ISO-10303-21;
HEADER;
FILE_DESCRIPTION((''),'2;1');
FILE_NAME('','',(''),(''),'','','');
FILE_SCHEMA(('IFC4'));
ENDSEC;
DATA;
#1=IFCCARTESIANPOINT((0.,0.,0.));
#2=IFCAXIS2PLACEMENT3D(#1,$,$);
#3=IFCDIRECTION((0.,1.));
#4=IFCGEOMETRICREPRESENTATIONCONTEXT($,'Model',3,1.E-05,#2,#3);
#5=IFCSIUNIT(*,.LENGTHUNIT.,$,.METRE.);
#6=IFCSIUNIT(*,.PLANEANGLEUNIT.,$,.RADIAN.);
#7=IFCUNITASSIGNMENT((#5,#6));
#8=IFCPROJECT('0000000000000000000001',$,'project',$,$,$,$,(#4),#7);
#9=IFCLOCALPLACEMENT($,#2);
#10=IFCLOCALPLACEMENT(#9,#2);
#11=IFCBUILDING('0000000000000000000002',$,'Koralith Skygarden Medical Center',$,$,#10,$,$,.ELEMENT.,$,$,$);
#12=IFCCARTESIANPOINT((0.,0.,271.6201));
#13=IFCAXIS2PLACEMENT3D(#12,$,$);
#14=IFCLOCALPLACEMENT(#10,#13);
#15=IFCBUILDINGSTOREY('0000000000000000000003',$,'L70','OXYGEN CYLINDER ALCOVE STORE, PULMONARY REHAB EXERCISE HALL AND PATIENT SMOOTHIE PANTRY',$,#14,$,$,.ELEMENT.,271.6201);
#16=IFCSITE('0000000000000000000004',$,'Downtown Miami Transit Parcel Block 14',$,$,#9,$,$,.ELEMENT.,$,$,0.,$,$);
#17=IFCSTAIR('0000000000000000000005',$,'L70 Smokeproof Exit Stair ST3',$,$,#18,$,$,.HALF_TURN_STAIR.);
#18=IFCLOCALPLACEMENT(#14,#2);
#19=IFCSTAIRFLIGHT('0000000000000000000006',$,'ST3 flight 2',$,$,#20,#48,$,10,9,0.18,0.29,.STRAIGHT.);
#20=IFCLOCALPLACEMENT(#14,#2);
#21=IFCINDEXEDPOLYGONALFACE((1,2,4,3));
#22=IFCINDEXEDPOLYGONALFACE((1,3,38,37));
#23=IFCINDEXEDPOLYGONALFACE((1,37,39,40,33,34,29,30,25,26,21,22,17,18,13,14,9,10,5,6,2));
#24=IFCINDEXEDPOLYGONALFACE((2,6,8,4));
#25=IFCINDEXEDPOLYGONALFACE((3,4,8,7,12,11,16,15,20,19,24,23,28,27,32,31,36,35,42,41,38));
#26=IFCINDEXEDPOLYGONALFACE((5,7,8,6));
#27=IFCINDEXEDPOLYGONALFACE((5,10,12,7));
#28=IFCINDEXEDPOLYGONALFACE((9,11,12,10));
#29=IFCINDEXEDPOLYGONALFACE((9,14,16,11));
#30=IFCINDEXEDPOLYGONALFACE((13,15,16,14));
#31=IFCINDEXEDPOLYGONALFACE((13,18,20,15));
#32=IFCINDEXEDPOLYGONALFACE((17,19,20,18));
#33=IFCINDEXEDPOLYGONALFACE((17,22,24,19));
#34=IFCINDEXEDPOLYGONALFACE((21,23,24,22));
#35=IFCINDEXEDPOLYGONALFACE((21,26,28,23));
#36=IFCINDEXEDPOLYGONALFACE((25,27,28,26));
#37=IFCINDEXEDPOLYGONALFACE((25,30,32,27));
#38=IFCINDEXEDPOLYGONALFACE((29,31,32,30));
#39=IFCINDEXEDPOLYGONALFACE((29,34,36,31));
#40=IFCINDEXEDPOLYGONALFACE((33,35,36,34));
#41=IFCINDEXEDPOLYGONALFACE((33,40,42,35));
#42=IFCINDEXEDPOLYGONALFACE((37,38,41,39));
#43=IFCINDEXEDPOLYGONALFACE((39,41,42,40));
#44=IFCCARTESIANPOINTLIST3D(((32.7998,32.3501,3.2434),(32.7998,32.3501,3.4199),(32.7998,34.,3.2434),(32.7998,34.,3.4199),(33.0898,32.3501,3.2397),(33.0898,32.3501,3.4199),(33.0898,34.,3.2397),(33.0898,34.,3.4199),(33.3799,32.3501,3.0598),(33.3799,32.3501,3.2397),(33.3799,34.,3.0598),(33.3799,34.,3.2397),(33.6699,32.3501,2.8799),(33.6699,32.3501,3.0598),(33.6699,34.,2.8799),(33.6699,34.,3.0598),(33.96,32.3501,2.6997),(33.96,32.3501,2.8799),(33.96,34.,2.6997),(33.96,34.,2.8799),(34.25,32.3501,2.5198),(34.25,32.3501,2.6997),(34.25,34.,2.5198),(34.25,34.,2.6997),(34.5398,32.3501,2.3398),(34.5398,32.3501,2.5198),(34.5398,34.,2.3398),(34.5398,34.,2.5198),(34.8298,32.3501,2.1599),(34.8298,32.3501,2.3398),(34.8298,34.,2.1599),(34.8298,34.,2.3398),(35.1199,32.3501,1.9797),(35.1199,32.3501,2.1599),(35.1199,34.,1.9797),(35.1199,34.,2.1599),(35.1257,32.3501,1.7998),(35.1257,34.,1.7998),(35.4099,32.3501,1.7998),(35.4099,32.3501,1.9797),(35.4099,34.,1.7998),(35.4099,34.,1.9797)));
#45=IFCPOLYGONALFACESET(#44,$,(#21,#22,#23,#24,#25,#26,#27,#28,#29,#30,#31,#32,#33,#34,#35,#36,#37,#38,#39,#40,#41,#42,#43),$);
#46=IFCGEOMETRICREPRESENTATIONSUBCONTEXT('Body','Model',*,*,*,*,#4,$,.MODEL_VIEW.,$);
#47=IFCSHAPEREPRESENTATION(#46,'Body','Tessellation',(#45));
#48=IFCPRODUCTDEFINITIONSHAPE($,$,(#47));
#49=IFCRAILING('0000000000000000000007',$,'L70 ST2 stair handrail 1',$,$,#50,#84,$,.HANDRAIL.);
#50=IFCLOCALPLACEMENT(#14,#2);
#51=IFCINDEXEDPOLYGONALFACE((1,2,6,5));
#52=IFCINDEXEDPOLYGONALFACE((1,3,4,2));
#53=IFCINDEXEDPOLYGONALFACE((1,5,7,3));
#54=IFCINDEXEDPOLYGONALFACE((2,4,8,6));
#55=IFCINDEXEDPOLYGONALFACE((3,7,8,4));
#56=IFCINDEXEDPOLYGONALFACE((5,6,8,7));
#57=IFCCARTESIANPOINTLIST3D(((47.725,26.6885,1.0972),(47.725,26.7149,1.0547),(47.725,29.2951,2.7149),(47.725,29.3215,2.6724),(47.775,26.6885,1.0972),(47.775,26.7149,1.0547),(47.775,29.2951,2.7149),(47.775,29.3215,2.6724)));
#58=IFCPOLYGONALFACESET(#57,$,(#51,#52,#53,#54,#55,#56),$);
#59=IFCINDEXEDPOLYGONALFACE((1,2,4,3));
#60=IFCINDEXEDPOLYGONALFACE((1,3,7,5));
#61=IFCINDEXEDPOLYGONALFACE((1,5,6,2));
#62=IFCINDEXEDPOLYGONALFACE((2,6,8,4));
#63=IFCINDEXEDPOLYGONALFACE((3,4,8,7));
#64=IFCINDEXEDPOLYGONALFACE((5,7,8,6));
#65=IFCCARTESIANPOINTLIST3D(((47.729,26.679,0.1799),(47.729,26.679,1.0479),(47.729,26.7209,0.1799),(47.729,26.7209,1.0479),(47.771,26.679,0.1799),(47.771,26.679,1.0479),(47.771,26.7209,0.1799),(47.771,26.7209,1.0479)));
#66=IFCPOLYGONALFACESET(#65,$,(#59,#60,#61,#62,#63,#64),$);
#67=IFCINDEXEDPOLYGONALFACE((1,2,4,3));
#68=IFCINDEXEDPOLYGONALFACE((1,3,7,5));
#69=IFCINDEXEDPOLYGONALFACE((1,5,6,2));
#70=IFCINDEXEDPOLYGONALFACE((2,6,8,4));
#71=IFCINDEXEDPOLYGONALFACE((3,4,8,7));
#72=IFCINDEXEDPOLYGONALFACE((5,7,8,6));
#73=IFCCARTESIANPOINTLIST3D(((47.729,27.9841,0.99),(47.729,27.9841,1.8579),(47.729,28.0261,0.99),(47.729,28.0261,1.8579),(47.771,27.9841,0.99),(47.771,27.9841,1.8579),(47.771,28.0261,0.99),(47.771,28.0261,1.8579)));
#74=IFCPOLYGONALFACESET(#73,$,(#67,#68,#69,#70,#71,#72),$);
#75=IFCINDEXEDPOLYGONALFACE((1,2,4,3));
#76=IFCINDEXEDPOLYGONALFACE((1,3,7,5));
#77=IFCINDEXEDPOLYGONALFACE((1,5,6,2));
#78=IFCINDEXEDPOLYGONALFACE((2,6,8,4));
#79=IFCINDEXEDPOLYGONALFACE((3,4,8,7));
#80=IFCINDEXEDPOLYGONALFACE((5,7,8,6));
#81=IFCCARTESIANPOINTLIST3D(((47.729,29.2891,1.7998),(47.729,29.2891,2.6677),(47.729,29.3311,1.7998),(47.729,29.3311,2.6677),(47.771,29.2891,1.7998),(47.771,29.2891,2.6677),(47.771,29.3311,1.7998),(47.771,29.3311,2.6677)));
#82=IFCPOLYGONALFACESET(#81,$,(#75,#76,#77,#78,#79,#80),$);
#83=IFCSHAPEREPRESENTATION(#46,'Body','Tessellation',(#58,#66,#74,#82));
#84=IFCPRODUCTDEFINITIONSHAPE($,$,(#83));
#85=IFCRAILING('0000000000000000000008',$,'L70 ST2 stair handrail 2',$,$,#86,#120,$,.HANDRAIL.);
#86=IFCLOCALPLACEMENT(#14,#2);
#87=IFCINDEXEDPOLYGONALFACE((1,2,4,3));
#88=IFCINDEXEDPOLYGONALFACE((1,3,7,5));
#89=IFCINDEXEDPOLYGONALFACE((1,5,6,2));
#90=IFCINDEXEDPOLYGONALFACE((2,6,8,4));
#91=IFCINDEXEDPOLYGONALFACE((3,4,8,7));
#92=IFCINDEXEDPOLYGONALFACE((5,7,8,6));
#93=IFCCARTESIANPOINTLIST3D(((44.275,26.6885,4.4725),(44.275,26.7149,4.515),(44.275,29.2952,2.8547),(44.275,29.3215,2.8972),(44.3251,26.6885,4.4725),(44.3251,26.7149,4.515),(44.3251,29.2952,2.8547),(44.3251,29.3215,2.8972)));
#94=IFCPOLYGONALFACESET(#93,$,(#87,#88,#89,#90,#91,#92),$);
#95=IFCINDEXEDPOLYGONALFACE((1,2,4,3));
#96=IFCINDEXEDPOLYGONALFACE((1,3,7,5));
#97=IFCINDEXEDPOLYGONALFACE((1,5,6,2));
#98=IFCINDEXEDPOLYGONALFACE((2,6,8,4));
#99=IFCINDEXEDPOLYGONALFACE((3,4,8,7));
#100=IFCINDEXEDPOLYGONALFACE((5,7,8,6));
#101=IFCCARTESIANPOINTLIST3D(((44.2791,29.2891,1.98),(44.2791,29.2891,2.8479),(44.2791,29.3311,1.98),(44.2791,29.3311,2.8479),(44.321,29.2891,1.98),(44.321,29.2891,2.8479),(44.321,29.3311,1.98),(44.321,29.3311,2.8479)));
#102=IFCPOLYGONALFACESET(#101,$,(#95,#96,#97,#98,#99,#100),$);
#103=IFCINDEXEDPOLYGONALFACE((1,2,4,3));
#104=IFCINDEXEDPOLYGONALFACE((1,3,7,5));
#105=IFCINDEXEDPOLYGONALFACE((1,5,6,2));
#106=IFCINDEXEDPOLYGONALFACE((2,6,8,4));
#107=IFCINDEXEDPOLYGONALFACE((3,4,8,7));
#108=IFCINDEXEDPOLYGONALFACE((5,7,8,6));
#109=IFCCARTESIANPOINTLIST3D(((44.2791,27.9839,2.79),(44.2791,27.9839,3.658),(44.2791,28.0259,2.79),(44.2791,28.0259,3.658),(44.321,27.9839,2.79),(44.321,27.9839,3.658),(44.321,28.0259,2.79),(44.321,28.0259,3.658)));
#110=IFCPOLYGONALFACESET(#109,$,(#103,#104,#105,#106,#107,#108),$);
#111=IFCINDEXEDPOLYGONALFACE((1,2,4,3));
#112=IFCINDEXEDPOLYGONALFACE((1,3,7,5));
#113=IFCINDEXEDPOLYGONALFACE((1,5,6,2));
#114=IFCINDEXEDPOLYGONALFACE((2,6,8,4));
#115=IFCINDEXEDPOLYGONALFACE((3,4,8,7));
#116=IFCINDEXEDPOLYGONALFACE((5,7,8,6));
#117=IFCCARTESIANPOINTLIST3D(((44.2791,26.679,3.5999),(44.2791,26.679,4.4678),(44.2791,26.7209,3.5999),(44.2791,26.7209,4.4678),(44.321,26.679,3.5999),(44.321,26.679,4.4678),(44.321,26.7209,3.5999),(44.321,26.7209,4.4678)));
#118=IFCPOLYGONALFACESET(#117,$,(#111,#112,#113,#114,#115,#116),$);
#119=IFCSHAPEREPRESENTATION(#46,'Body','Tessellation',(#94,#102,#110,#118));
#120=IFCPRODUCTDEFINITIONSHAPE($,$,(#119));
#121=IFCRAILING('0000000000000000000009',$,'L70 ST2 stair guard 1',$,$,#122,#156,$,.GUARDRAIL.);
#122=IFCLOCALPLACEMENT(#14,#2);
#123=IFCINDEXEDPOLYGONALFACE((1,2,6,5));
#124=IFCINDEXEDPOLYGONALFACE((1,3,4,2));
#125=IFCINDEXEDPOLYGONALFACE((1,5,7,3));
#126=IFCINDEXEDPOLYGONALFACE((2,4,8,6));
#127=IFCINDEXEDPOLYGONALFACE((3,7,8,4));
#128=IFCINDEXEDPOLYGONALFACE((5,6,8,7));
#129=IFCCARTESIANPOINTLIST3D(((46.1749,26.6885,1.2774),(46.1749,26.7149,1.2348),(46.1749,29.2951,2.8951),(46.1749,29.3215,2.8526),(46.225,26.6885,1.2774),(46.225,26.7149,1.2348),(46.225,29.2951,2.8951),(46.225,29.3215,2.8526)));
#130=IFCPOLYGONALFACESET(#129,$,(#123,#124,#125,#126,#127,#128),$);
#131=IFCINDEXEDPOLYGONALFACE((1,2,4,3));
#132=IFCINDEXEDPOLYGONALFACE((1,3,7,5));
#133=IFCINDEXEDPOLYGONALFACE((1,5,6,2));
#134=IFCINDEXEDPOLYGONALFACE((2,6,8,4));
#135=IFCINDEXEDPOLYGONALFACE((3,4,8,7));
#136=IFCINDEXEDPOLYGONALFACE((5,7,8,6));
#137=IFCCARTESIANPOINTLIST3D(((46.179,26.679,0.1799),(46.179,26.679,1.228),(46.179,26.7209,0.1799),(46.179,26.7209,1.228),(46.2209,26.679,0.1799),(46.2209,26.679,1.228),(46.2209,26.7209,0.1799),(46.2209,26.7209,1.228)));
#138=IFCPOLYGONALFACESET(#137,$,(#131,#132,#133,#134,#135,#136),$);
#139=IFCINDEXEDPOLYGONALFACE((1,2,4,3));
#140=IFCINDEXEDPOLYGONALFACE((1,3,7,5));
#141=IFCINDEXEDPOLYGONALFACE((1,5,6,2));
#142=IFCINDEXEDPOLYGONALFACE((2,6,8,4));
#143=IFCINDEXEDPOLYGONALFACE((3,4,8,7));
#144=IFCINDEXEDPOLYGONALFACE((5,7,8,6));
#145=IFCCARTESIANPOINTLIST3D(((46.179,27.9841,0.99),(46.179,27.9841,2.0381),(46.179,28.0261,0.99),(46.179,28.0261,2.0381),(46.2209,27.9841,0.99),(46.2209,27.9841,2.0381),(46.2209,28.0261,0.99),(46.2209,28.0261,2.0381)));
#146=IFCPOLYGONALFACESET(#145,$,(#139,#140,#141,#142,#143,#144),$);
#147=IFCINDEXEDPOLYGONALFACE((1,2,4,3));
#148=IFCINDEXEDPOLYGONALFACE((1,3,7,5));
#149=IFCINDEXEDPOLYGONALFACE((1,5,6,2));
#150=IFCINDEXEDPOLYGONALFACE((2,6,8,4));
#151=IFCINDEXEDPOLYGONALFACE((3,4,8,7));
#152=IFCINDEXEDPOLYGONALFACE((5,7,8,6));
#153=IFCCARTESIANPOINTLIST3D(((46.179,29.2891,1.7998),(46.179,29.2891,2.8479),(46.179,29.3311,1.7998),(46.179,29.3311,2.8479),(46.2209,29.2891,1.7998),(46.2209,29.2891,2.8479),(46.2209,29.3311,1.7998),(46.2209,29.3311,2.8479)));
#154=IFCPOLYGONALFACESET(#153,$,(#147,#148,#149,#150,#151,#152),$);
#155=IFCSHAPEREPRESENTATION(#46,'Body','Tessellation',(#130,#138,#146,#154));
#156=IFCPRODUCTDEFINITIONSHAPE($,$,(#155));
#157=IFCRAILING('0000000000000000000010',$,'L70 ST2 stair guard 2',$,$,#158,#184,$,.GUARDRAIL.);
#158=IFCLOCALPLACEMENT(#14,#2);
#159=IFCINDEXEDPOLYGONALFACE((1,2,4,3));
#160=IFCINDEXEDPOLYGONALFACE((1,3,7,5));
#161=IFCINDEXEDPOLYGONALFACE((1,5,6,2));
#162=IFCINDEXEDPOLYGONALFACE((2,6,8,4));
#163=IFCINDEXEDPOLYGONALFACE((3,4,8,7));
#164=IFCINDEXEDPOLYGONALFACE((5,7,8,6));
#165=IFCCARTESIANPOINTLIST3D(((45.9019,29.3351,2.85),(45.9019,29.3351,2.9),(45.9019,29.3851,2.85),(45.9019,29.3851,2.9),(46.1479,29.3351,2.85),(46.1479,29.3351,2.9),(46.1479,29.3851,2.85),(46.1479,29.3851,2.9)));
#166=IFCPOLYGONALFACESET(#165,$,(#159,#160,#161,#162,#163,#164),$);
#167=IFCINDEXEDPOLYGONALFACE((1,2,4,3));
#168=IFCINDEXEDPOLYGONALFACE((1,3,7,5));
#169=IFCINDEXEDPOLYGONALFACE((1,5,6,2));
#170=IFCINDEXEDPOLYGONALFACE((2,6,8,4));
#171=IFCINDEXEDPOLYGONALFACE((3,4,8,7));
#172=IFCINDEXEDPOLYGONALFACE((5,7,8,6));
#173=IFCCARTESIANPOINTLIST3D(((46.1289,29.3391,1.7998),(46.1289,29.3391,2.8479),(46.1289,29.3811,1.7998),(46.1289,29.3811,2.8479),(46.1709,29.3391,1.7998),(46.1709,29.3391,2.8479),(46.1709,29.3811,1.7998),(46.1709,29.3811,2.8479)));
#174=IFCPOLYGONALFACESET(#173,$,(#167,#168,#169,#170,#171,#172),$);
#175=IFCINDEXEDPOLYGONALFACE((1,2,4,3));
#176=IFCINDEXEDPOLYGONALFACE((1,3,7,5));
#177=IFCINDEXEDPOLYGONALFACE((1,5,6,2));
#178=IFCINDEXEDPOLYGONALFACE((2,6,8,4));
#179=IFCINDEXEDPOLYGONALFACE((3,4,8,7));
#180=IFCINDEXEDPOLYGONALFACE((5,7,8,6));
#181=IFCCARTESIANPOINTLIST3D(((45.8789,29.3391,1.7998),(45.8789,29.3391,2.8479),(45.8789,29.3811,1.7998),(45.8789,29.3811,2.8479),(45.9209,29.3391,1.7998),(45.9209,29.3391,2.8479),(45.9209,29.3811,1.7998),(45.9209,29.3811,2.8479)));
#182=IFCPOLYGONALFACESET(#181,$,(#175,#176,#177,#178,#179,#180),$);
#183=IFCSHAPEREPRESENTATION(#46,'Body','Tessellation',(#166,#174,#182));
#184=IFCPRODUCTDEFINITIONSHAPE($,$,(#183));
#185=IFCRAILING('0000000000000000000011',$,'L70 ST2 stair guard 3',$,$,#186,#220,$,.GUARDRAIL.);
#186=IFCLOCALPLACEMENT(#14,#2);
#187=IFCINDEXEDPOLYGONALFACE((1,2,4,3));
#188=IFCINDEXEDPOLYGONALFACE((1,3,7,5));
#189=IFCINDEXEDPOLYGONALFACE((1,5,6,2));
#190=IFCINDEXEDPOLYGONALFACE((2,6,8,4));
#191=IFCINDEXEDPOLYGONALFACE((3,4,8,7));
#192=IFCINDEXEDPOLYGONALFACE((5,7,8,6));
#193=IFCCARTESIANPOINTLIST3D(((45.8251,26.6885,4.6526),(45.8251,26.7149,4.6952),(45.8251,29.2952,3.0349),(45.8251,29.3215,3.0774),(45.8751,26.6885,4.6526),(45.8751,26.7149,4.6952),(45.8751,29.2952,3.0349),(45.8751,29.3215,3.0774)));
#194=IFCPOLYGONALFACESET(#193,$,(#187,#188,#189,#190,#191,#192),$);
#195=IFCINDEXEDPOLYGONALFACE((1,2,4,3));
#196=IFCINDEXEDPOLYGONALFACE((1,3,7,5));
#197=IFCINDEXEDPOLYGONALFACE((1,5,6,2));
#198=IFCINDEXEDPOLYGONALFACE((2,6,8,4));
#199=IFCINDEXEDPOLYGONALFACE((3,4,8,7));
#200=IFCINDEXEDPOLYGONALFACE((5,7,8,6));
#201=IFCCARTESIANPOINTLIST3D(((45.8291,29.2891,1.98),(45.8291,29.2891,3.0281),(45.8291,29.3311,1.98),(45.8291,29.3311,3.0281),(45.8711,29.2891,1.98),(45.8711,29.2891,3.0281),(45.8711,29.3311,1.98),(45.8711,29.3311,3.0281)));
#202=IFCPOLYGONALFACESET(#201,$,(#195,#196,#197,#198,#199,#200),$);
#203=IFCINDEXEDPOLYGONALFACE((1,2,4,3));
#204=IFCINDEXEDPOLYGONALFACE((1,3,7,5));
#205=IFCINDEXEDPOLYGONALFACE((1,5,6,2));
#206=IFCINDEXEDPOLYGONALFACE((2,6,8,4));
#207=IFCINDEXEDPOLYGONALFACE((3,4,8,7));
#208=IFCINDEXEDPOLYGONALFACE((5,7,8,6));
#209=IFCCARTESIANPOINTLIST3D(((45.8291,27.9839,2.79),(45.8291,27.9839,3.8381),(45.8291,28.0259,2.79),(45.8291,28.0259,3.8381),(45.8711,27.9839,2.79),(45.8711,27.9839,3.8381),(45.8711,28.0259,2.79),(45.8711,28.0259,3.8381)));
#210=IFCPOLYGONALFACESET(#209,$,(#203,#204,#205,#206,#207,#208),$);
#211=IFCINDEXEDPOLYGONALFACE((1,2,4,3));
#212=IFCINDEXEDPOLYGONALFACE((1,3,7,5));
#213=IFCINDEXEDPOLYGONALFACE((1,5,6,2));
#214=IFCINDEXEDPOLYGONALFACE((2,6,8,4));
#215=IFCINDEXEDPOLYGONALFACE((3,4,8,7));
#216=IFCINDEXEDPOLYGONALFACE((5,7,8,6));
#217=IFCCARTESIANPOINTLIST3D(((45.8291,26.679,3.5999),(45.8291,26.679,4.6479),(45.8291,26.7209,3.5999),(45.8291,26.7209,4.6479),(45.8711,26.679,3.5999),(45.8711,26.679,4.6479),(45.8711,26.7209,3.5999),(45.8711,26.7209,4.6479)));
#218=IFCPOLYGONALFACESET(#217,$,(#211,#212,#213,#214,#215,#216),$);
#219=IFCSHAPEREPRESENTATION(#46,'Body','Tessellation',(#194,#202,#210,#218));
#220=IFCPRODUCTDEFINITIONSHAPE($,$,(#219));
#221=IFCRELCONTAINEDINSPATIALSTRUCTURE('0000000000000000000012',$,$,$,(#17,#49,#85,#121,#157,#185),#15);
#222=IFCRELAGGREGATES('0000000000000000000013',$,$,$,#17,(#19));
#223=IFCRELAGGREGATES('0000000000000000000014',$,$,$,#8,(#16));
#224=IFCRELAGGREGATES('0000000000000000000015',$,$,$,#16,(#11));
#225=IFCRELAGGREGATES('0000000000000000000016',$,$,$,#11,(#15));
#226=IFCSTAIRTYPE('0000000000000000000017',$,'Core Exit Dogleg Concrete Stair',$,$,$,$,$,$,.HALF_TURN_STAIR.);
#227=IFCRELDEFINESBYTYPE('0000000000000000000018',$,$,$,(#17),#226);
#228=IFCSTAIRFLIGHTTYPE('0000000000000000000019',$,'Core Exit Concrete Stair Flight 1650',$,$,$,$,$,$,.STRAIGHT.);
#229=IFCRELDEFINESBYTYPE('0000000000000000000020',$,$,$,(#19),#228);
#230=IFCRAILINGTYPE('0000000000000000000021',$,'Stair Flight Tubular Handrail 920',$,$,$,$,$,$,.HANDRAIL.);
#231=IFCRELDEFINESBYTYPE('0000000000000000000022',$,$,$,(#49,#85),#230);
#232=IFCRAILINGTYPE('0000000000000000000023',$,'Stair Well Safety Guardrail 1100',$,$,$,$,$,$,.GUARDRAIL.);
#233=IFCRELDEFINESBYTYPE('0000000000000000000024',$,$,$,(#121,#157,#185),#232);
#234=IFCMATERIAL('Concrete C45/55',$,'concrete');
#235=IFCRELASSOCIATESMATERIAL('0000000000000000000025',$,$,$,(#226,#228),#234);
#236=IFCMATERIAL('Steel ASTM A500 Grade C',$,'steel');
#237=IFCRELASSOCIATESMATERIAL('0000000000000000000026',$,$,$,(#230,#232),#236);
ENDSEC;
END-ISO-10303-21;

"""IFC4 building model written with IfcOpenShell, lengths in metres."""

from ifc_helpers import new_model, si_unit, direction, frame, origin, origin_2d, place, context, subcontext, project, spatial, polyline, rectangle, outline, extrude, material, type_object, element, aggregate, save


model = new_model("IFC4")

# Units and contexts
model_context = context("Model", 3, precision=1e-05, world=origin(), true_north=direction((0.0, 1.0)))
body_context = subcontext(model_context, "Body", "Model", "MODEL_VIEW")
ifc_project = project(units=[si_unit("LENGTHUNIT", "METRE"), si_unit("PLANEANGLEUNIT", "RADIAN")], contexts=[model_context])

# Site, building, storey
site_placement = place(None, origin())
site = spatial("IfcSite", under=ifc_project, at=site_placement, Name="Downtown Miami Transit Parcel Block 14", CompositionType="ELEMENT", RefElevation=0.0)
building_placement = place(site_placement, origin())
building = spatial("IfcBuilding", under=site, at=building_placement, Name="Koralith Skygarden Medical Center", CompositionType="ELEMENT")
storey_placement = place(building_placement, frame((0.0, 0.0, 271.6201)))
storey = spatial("IfcBuildingStorey", under=building, at=storey_placement, Name="L70", Description="OXYGEN CYLINDER ALCOVE STORE, PULMONARY REHAB EXERCISE HALL AND PATIENT SMOOTHIE PANTRY", CompositionType="ELEMENT", Elevation=271.6201)

# Shared definitions
ifc_material_1 = material(Name="Concrete C45/55", Category="concrete")

# Shared definitions
stair_type = type_object("IfcStairType", Name="Core Exit Dogleg Concrete Stair", PredefinedType="HALF_TURN_STAIR", material=ifc_material_1)
stair_flight_type = type_object("IfcStairFlightType", Name="Core Exit Concrete Stair Flight 1650", PredefinedType="STRAIGHT", material=ifc_material_1)

# Stair, stair flight
stair_1_placement = place(storey_placement, origin())
stair_1 = element("IfcStair", 1, at=stair_1_placement, inside=storey, type_object=stair_type, Name="L70 Smokeproof Exit Stair ST3", PredefinedType="HALF_TURN_STAIR")
stair_flight_1_placement = place(storey_placement, frame((35.4099, 33.175, 1.7998), z_axis=(0.0, 0.0, 1.0), x_axis=(-1.0, 0.0, 0.0)))
stair_flight_1 = element("IfcStairFlight", 2, at=stair_flight_1_placement, type_object=stair_flight_type, Name="ST3 flight 2", NumberOfRisers=10, NumberOfTreads=9, PredefinedType="STRAIGHT", RiserHeight=0.18, TreadLength=0.29, context=body_context, shape_type="SweptSolid", body=[
    extrude(outline(polyline([(0.0, 0.0), (0.0, 0.1799), (0.29, 0.1799), (0.29, 0.3601), (0.5801, 0.3601), (0.5801, 0.54), (0.8701, 0.54), (0.8701, 0.72), (1.1599, 0.72), (1.1599, 0.8999), (1.45, 0.8999), (1.45, 1.0801), (1.74, 1.0801), (1.74, 1.26), (2.03, 1.26), (2.03, 1.4399), (2.3201, 1.4399), (2.3201, 1.6201), (2.6101, 1.6201), (2.6101, 1.8), (2.6101, 1.4436), (0.2842, 0.0), (0.0, 0.0)])), frame((0.0, 0.825, 0.0), z_axis=(0.0, -1.0, 0.0), x_axis=(1.0, 0.0, 0.0)), (0.0, 0.0, 1.0), 1.6499),
])
aggregate(stair_1, [stair_flight_1])

# Railings
ifc_material_2 = material(Name="Steel ASTM A500 Grade C", Category="steel")
railing_type_1 = type_object("IfcRailingType", Name="Stair Flight Tubular Handrail 920", PredefinedType="HANDRAIL", material=ifc_material_2)
railing_1_placement = place(storey_placement, frame((47.75, 26.7, 0.1799)))
element("IfcRailing", 3, at=railing_1_placement, inside=storey, type_object=railing_type_1, Name="L70 ST2 stair handrail 1", PredefinedType="HANDRAIL", context=body_context, shape_type="SweptSolid", body=[
    extrude(rectangle(XDim=0.05, YDim=0.05, at=origin_2d()), frame((0.0, 0.0017, 0.896), z_axis=(0.0, 0.849668, 0.527317), x_axis=(-1.0, 0.0, 0.0)), (0.0, 0.0, 1.0), 3.0679),
    extrude(rectangle(XDim=0.042, YDim=0.042, at=origin_2d()), origin(), (0.0, 0.0, 1.0), 0.8679),
    extrude(rectangle(XDim=0.042, YDim=0.042, at=origin_2d()), frame((0.0, 1.3052, 0.8101)), (0.0, 0.0, 1.0), 0.8679),
    extrude(rectangle(XDim=0.042, YDim=0.042, at=origin_2d()), frame((0.0, 2.6101, 1.6199)), (0.0, 0.0, 1.0), 0.8679),
])
railing_2_placement = place(storey_placement, frame((44.3, 29.3101, 1.98)))
element("IfcRailing", 4, at=railing_2_placement, inside=storey, type_object=railing_type_1, Name="L70 ST2 stair handrail 2", PredefinedType="HANDRAIL", context=body_context, shape_type="SweptSolid", body=[
    extrude(rectangle(XDim=0.05, YDim=0.05, at=origin_2d()), frame((0.0, -0.0017, 0.896), z_axis=(0.0, -0.849668, 0.527317), x_axis=(1.0, 0.0, 0.0)), (0.0, 0.0, 1.0), 3.0679),
    extrude(rectangle(XDim=0.042, YDim=0.042, at=origin_2d()), origin(), (0.0, 0.0, 1.0), 0.8679),
    extrude(rectangle(XDim=0.042, YDim=0.042, at=origin_2d()), frame((0.0, -1.3052, 0.8101)), (0.0, 0.0, 1.0), 0.8679),
    extrude(rectangle(XDim=0.042, YDim=0.042, at=origin_2d()), frame((0.0, -2.6101, 1.6199)), (0.0, 0.0, 1.0), 0.8679),
])
railing_type_2 = type_object("IfcRailingType", Name="Stair Well Safety Guardrail 1100", PredefinedType="GUARDRAIL", material=ifc_material_2)
railing_3_placement = place(storey_placement, frame((46.2, 26.7, 0.1799)))
element("IfcRailing", 5, at=railing_3_placement, inside=storey, type_object=railing_type_2, Name="L70 ST2 stair guard 1", PredefinedType="GUARDRAIL", context=body_context, shape_type="SweptSolid", body=[
    extrude(rectangle(XDim=0.05, YDim=0.05, at=origin_2d()), frame((0.0, 0.0017, 1.0762), z_axis=(0.0, 0.849668, 0.527317), x_axis=(-1.0, 0.0, 0.0)), (0.0, 0.0, 1.0), 3.0679),
    extrude(rectangle(XDim=0.042, YDim=0.042, at=origin_2d()), origin(), (0.0, 0.0, 1.0), 1.0481),
    extrude(rectangle(XDim=0.042, YDim=0.042, at=origin_2d()), frame((0.0, 1.3052, 0.8101)), (0.0, 0.0, 1.0), 1.0481),
    extrude(rectangle(XDim=0.042, YDim=0.042, at=origin_2d()), frame((0.0, 2.6101, 1.6199)), (0.0, 0.0, 1.0), 1.0481),
])
railing_4_placement = place(storey_placement, frame((46.1499, 29.3601, 1.7998)))
element("IfcRailing", 6, at=railing_4_placement, inside=storey, type_object=railing_type_2, Name="L70 ST2 stair guard 2", PredefinedType="GUARDRAIL", context=body_context, shape_type="SweptSolid", body=[
    extrude(rectangle(XDim=0.05, YDim=0.05, at=origin_2d()), frame((-0.002, 0.0, 1.0752), z_axis=(-1.0, 0.0, 0.0), x_axis=(0.0, -1.0, 0.0)), (0.0, 0.0, 1.0), 0.2461),
    extrude(rectangle(XDim=0.042, YDim=0.042, at=origin_2d()), origin(), (0.0, 0.0, 1.0), 1.0481),
    extrude(rectangle(XDim=0.042, YDim=0.042, at=origin_2d()), frame((-0.25, 0.0, 0.0)), (0.0, 0.0, 1.0), 1.0481),
])
railing_5_placement = place(storey_placement, frame((45.8501, 29.3101, 1.98)))
element("IfcRailing", 7, at=railing_5_placement, inside=storey, type_object=railing_type_2, Name="L70 ST2 stair guard 3", PredefinedType="GUARDRAIL", context=body_context, shape_type="SweptSolid", body=[
    extrude(rectangle(XDim=0.05, YDim=0.05, at=origin_2d()), frame((0.0, -0.0017, 1.0762), z_axis=(0.0, -0.849668, 0.527317), x_axis=(1.0, 0.0, 0.0)), (0.0, 0.0, 1.0), 3.0679),
    extrude(rectangle(XDim=0.042, YDim=0.042, at=origin_2d()), origin(), (0.0, 0.0, 1.0), 1.0481),
    extrude(rectangle(XDim=0.042, YDim=0.042, at=origin_2d()), frame((0.0, -1.3052, 0.8101)), (0.0, 0.0, 1.0), 1.0481),
    extrude(rectangle(XDim=0.042, YDim=0.042, at=origin_2d()), frame((0.0, -2.6101, 1.6199)), (0.0, 0.0, 1.0), 1.0481),
])

save(model, "model.ifc")
